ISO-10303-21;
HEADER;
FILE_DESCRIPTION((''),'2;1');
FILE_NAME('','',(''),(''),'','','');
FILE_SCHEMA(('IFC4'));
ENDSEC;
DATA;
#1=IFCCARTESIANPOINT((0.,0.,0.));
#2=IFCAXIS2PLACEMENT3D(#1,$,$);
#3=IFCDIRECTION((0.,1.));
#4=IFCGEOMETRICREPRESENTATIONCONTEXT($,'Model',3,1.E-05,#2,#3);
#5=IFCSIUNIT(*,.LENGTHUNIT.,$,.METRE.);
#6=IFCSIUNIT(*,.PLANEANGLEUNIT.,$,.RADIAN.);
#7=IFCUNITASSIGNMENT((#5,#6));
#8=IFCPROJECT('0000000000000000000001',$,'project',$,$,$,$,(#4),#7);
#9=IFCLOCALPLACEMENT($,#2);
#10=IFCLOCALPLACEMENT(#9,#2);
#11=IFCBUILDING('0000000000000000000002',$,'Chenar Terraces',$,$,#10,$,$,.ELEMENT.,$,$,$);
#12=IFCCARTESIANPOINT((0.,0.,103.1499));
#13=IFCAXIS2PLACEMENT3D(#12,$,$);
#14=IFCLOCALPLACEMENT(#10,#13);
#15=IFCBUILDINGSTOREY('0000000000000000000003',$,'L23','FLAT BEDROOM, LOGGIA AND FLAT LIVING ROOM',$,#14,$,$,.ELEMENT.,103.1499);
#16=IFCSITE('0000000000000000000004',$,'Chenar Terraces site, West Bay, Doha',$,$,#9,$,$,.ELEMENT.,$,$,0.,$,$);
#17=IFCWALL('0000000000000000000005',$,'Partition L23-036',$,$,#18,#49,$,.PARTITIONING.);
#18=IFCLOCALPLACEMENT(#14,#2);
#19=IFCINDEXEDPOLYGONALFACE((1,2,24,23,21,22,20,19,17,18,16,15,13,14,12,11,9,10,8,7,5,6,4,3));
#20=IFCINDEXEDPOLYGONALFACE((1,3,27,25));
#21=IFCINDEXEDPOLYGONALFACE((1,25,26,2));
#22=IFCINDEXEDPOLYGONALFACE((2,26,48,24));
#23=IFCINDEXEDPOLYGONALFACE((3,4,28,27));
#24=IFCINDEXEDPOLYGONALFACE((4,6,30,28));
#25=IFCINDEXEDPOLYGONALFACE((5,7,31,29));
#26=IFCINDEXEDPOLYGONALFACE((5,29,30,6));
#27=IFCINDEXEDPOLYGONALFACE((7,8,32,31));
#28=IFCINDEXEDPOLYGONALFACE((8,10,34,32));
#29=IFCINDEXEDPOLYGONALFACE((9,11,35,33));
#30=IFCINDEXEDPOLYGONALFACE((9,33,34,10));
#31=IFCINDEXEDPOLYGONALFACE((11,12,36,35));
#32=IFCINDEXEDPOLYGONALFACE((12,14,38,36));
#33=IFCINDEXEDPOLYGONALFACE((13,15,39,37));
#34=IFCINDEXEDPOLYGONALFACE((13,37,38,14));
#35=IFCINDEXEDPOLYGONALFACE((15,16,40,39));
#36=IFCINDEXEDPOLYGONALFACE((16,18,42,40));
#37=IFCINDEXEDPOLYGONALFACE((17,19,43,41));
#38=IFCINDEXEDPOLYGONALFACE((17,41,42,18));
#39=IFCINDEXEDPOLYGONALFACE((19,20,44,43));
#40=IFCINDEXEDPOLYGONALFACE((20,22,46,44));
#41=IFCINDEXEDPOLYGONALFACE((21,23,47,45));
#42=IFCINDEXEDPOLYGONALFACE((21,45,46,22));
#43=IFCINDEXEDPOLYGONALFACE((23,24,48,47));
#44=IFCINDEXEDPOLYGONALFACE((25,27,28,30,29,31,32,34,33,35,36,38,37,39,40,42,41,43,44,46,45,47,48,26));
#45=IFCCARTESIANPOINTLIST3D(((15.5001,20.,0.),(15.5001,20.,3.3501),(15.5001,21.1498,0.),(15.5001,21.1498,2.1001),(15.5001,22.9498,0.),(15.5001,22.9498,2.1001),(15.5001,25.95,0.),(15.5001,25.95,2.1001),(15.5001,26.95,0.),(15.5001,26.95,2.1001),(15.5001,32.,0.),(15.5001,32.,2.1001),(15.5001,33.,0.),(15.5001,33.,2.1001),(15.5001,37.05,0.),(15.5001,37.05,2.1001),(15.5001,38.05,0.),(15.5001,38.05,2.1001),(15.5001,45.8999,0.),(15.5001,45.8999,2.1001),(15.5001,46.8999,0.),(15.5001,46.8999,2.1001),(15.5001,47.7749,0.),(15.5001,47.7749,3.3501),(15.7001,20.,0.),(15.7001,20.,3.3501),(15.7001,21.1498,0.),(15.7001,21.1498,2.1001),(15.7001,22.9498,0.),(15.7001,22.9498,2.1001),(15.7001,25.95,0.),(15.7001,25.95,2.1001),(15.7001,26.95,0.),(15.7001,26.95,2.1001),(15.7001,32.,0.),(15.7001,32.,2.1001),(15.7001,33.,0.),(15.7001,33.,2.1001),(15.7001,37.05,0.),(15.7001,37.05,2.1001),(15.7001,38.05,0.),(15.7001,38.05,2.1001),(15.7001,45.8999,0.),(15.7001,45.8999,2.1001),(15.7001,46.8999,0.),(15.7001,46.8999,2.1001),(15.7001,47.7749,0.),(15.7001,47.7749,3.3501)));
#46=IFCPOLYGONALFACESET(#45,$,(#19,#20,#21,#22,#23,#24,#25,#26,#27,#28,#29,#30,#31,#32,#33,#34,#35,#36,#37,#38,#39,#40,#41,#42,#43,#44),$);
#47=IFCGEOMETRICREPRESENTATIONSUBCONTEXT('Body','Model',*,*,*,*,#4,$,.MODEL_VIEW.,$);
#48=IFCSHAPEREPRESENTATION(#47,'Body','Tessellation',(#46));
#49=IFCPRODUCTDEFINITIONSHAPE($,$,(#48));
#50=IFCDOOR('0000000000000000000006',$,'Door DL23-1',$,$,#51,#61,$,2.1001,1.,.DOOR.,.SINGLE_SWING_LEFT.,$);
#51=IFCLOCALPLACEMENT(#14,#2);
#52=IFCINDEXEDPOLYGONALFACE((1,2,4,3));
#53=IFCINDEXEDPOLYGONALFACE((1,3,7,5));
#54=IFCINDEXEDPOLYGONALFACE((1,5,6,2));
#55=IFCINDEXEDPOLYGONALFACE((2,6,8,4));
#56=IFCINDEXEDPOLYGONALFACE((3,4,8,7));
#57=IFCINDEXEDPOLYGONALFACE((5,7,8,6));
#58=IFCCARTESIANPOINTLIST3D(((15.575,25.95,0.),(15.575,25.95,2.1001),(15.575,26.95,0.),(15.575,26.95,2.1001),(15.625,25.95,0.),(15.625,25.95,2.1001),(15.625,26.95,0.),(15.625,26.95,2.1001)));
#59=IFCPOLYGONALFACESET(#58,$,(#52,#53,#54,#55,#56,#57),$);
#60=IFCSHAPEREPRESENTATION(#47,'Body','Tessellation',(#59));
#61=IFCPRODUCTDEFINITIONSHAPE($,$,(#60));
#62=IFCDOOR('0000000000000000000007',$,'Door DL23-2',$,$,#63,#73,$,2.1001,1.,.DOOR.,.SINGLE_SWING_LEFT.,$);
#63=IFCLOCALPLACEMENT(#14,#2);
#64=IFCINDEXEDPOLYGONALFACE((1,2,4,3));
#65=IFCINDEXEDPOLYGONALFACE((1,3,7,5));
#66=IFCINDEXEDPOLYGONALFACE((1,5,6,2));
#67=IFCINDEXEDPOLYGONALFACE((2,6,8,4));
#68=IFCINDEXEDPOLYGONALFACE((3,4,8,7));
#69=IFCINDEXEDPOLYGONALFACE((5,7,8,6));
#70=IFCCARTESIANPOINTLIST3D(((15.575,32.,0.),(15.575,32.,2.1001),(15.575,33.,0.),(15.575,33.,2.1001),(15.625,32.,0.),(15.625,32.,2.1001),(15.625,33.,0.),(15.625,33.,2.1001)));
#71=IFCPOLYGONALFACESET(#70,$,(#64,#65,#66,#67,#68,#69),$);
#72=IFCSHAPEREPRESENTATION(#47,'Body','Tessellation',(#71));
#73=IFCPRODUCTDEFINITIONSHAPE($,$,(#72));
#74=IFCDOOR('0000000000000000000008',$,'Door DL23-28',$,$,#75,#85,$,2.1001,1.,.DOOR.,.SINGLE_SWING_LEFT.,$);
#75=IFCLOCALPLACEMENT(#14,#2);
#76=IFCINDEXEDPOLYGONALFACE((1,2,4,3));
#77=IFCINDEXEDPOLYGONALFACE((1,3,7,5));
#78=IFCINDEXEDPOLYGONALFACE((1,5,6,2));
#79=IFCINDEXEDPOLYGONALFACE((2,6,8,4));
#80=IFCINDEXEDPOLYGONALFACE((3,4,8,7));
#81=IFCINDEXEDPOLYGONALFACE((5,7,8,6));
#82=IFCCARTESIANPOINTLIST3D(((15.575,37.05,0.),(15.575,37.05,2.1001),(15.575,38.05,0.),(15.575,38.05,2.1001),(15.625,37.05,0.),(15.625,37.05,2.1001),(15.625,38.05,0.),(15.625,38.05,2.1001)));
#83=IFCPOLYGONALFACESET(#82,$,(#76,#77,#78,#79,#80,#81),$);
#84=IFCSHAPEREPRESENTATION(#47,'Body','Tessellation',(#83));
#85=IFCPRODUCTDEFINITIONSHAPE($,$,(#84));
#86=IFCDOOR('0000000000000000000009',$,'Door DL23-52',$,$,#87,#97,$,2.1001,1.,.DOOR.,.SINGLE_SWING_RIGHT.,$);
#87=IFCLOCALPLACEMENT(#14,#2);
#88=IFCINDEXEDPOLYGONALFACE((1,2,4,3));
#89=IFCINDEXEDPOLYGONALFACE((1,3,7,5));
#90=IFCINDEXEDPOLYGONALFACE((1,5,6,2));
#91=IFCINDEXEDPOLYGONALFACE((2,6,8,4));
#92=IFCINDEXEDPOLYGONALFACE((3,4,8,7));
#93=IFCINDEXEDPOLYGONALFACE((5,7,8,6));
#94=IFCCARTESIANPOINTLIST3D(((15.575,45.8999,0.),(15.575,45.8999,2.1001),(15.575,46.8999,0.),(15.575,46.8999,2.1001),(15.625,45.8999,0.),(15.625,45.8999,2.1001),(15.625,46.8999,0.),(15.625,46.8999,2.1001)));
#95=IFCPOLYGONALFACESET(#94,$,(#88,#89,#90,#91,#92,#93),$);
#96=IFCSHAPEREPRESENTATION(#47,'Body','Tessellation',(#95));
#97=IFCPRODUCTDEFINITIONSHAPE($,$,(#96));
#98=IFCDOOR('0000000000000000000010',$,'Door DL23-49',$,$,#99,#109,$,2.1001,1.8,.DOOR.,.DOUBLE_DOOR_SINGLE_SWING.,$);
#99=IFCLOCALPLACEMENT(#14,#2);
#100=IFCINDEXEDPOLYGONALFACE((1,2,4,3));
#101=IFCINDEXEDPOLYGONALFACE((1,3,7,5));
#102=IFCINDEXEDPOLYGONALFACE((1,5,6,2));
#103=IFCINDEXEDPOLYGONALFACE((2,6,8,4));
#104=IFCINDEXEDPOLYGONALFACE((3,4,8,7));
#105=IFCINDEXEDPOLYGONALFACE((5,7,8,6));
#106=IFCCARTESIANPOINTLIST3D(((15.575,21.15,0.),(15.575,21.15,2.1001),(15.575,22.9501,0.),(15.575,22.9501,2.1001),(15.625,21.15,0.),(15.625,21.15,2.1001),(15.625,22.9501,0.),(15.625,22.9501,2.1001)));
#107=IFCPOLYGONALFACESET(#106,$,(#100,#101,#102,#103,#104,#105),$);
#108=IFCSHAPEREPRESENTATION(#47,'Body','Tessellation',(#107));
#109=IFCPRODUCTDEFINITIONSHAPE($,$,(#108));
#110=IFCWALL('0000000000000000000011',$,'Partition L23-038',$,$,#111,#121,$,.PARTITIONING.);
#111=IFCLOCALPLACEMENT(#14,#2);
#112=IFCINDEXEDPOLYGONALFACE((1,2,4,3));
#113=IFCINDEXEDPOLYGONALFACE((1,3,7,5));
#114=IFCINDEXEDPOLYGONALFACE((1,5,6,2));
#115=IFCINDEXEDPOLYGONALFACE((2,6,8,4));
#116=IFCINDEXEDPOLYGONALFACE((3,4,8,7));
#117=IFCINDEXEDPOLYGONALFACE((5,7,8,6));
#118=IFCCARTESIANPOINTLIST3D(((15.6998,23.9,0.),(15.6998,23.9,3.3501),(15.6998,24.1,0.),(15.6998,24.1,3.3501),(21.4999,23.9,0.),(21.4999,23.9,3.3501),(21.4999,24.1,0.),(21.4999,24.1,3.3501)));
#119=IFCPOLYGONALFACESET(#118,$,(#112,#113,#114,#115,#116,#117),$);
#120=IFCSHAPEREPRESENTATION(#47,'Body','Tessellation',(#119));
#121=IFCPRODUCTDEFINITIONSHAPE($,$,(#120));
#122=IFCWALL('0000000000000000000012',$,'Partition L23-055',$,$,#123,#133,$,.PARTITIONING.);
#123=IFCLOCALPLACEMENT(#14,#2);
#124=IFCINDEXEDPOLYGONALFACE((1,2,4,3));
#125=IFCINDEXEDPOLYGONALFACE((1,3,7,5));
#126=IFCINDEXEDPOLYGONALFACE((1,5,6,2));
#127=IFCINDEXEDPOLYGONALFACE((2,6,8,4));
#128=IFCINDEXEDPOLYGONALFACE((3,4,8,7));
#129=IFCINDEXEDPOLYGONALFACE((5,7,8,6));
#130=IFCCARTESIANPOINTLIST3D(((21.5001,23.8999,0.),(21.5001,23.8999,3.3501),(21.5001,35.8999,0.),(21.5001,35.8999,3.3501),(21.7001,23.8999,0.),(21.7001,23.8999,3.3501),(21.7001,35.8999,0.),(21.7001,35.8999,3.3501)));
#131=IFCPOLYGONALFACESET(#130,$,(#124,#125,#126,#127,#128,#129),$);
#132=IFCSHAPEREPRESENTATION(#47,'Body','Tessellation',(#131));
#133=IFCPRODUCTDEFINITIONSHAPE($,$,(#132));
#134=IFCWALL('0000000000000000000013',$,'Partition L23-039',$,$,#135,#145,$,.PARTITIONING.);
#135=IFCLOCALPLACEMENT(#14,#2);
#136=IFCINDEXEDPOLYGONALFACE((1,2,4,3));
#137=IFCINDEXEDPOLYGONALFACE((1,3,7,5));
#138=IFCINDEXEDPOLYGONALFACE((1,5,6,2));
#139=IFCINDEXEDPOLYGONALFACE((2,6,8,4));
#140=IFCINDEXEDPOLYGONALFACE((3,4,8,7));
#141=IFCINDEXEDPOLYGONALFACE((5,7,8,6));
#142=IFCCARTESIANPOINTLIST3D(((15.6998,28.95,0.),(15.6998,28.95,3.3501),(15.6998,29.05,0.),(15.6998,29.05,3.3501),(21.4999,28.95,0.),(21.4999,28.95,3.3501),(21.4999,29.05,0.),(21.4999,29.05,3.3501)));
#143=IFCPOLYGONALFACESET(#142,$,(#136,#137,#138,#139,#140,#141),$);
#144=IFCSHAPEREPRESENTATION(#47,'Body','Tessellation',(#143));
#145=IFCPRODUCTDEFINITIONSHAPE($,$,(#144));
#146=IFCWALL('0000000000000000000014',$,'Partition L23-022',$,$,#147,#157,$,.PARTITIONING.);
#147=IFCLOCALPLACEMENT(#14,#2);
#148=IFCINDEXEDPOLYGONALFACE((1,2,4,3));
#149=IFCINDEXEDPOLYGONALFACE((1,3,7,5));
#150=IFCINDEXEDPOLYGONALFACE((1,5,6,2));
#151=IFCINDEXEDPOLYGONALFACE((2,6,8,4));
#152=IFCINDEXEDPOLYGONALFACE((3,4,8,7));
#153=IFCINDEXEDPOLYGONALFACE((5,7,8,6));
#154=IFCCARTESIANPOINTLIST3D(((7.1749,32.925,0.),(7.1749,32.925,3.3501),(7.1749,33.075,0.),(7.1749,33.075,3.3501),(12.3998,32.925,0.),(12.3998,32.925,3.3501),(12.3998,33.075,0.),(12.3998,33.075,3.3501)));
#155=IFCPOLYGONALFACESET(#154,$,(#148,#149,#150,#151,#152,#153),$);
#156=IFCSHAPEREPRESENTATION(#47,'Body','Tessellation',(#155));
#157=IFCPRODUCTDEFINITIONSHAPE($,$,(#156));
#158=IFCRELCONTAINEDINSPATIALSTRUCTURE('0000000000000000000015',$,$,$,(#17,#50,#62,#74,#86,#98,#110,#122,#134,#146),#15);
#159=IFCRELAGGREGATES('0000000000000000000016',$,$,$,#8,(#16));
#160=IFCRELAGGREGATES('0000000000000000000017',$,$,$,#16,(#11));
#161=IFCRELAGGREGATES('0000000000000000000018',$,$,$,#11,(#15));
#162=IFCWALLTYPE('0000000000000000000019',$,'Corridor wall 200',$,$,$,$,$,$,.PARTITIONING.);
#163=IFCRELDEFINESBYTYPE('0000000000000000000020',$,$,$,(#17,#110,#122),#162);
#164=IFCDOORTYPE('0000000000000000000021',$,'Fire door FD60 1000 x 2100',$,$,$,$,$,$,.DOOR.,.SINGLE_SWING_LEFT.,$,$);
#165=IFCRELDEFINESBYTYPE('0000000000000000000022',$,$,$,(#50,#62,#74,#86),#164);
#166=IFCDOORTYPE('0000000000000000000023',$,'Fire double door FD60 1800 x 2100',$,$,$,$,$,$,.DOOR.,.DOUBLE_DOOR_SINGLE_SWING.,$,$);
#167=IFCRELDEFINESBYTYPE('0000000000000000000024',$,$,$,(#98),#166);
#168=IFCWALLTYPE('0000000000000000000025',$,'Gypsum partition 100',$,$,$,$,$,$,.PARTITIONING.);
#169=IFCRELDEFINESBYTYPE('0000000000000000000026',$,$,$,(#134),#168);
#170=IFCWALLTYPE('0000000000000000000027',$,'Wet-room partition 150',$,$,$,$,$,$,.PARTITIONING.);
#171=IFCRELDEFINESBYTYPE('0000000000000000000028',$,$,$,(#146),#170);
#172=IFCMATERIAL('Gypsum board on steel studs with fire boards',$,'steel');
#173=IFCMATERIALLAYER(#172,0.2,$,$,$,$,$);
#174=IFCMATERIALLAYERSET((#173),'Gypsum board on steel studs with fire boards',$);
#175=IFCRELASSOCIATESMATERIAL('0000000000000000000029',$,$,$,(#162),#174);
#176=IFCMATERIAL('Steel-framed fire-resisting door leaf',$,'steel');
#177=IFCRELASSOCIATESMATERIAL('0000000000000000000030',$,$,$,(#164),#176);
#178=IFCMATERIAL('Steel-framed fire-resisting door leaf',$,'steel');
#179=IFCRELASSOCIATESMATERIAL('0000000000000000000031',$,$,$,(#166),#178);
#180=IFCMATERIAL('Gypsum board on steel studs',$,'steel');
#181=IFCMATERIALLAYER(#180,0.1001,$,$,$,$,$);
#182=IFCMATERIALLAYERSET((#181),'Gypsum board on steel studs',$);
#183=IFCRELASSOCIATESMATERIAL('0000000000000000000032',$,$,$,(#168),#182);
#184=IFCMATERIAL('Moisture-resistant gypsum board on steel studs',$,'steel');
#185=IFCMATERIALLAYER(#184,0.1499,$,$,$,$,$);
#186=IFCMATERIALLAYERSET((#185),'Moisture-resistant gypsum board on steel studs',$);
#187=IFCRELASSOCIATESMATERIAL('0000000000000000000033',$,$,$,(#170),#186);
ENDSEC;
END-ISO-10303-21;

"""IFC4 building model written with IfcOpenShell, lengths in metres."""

from ifc_helpers import new_model, si_unit, direction, frame, frame_2d, origin, place, context, subcontext, project, spatial, rectangle, extrude, material, layer, layer_set, type_object, element, fill, save


model = new_model("IFC4")

# Units and contexts
model_context = context("Model", 3, precision=1e-05, world=origin(), true_north=direction((0.0, 1.0)))
body_context = subcontext(model_context, "Body", "Model", "MODEL_VIEW")
ifc_project = project(units=[si_unit("LENGTHUNIT", "METRE"), si_unit("PLANEANGLEUNIT", "RADIAN")], contexts=[model_context])

# Site, building, storey
site_placement = place(None, origin())
site = spatial("IfcSite", under=ifc_project, at=site_placement, Name="Chenar Terraces site, West Bay, Doha", CompositionType="ELEMENT", RefElevation=0.0)
building_placement = place(site_placement, origin())
building = spatial("IfcBuilding", under=site, at=building_placement, Name="Chenar Terraces", CompositionType="ELEMENT")
storey_placement = place(building_placement, frame((0.0, 0.0, 103.1499)))
storey = spatial("IfcBuildingStorey", under=building, at=storey_placement, Name="L23", Description="FLAT BEDROOM, LOGGIA AND FLAT LIVING ROOM", CompositionType="ELEMENT", Elevation=103.1499)

# Wall, openings, doors
ifc_material_1 = material(Name="Gypsum board on steel studs with fire boards", Category="steel")
ifc_layer_1 = layer(ifc_material_1, 0.2)
ifc_layer_set_1 = layer_set([ifc_layer_1], Name="Gypsum board on steel studs with fire boards")
wall_type_1 = type_object("IfcWallType", Name="Corridor wall 200", PredefinedType="PARTITIONING", material=ifc_layer_set_1)
wall_1_placement = place(storey_placement, frame((15.6001, 20.0, 0.0), z_axis=(0.0, 0.0, 1.0), x_axis=(0.0, 1.0, 0.0)))
wall_1 = element("IfcWall", 1, at=wall_1_placement, inside=storey, type_object=wall_type_1, Name="Partition L23-036", PredefinedType="PARTITIONING", context=body_context, shape_type="SweptSolid", body=[
    extrude(rectangle(XDim=27.7749, YDim=0.2, at=frame_2d((13.8875, 0.0))), origin(), (0.0, 0.0, 1.0), 3.3501),
])
opening_1_placement = place(wall_1_placement, frame((5.95, 0.0, 0.0)))
opening_1 = element("IfcOpeningElement", 2, at=opening_1_placement, cuts=wall_1, PredefinedType="OPENING", context=body_context, shape_type="SweptSolid", body=[
    extrude(rectangle(XDim=1.0, YDim=2.1001, at=frame_2d((0.5, 1.05))), frame((0.0, 0.1099, 0.0), z_axis=(0.0, -1.0, 0.0), x_axis=(1.0, 0.0, 0.0)), (0.0, 0.0, 1.0), 0.22),
])
opening_2_placement = place(wall_1_placement, frame((12.0, 0.0, 0.0)))
opening_2 = element("IfcOpeningElement", 3, at=opening_2_placement, cuts=wall_1, PredefinedType="OPENING", context=body_context, shape_type="SweptSolid", body=[
    extrude(rectangle(XDim=1.0, YDim=2.1001, at=frame_2d((0.5, 1.05))), frame((0.0, 0.1099, 0.0), z_axis=(0.0, -1.0, 0.0), x_axis=(1.0, 0.0, 0.0)), (0.0, 0.0, 1.0), 0.22),
])
opening_3_placement = place(wall_1_placement, frame((17.05, 0.0, 0.0)))
opening_3 = element("IfcOpeningElement", 4, at=opening_3_placement, cuts=wall_1, PredefinedType="OPENING", context=body_context, shape_type="SweptSolid", body=[
    extrude(rectangle(XDim=1.0, YDim=2.1001, at=frame_2d((0.5, 1.05))), frame((0.0, 0.1099, 0.0), z_axis=(0.0, -1.0, 0.0), x_axis=(1.0, 0.0, 0.0)), (0.0, 0.0, 1.0), 0.22),
])
opening_4_placement = place(wall_1_placement, frame((1.1499, 0.0, 0.0)))
opening_4 = element("IfcOpeningElement", 5, at=opening_4_placement, cuts=wall_1, PredefinedType="OPENING", context=body_context, shape_type="SweptSolid", body=[
    extrude(rectangle(XDim=1.8, YDim=2.1001, at=frame_2d((0.8999, 1.05))), frame((0.0, 0.1099, 0.0), z_axis=(0.0, -1.0, 0.0), x_axis=(1.0, 0.0, 0.0)), (0.0, 0.0, 1.0), 0.22),
])
opening_5_placement = place(wall_1_placement, frame((25.8999, 0.0, 0.0)))
opening_5 = element("IfcOpeningElement", 6, at=opening_5_placement, cuts=wall_1, PredefinedType="OPENING", context=body_context, shape_type="SweptSolid", body=[
    extrude(rectangle(XDim=1.0, YDim=2.1001, at=frame_2d((0.5, 1.05))), frame((0.0, 0.1099, 0.0), z_axis=(0.0, -1.0, 0.0), x_axis=(1.0, 0.0, 0.0)), (0.0, 0.0, 1.0), 0.22),
])
ifc_material_2 = material(Name="Steel-framed fire-resisting door leaf", Category="steel")
door_type_1 = type_object("IfcDoorType", Name="Fire door FD60 1000 x 2100", OperationType="SINGLE_SWING_LEFT", PredefinedType="DOOR", material=ifc_material_2)
door_1_placement = place(opening_1_placement, frame((1.0, 0.0, 0.0), z_axis=(0.0, 0.0, 1.0), x_axis=(-1.0, 0.0, 0.0)))
door_1 = element("IfcDoor", 7, at=door_1_placement, inside=storey, type_object=door_type_1, Name="Door DL23-1", OperationType="SINGLE_SWING_LEFT", OverallHeight=2.1001, OverallWidth=1.0, PredefinedType="DOOR", context=body_context, shape_type="SweptSolid", body=[
    extrude(rectangle(XDim=1.0, YDim=2.1001, at=frame_2d((0.5, 1.05))), frame((0.0, 0.0249, 0.0), z_axis=(0.0, -1.0, 0.0), x_axis=(1.0, 0.0, 0.0)), (0.0, 0.0, 1.0), 0.05),
])
fill(opening_1, door_1)
door_2_placement = place(opening_2_placement, frame((1.0, 0.0, 0.0), z_axis=(0.0, 0.0, 1.0), x_axis=(-1.0, 0.0, 0.0)))
door_2 = element("IfcDoor", 8, at=door_2_placement, inside=storey, type_object=door_type_1, Name="Door DL23-2", OperationType="SINGLE_SWING_LEFT", OverallHeight=2.1001, OverallWidth=1.0, PredefinedType="DOOR", context=body_context, shape_type="SweptSolid", body=[
    extrude(rectangle(XDim=1.0, YDim=2.1001, at=frame_2d((0.5, 1.05))), frame((0.0, 0.0249, 0.0), z_axis=(0.0, -1.0, 0.0), x_axis=(1.0, 0.0, 0.0)), (0.0, 0.0, 1.0), 0.05),
])
fill(opening_2, door_2)
door_3_placement = place(opening_3_placement, frame((1.0, 0.0, 0.0), z_axis=(0.0, 0.0, 1.0), x_axis=(-1.0, 0.0, 0.0)))
door_3 = element("IfcDoor", 9, at=door_3_placement, inside=storey, type_object=door_type_1, Name="Door DL23-28", OperationType="SINGLE_SWING_LEFT", OverallHeight=2.1001, OverallWidth=1.0, PredefinedType="DOOR", context=body_context, shape_type="SweptSolid", body=[
    extrude(rectangle(XDim=1.0, YDim=2.1001, at=frame_2d((0.5, 1.05))), frame((0.0, 0.0249, 0.0), z_axis=(0.0, -1.0, 0.0), x_axis=(1.0, 0.0, 0.0)), (0.0, 0.0, 1.0), 0.05),
])
fill(opening_3, door_3)
door_4_placement = place(opening_5_placement, frame((1.0, 0.0, 0.0), z_axis=(0.0, 0.0, 1.0), x_axis=(-1.0, 0.0, 0.0)))
door_4 = element("IfcDoor", 10, at=door_4_placement, inside=storey, type_object=door_type_1, Name="Door DL23-52", OperationType="SINGLE_SWING_RIGHT", OverallHeight=2.1001, OverallWidth=1.0, PredefinedType="DOOR", context=body_context, shape_type="SweptSolid", body=[
    extrude(rectangle(XDim=1.0, YDim=2.1001, at=frame_2d((0.5, 1.05))), frame((0.0, 0.0249, 0.0), z_axis=(0.0, -1.0, 0.0), x_axis=(1.0, 0.0, 0.0)), (0.0, 0.0, 1.0), 0.05),
])
fill(opening_5, door_4)
ifc_material_3 = material(Name="Steel-framed fire-resisting door leaf", Category="steel")
door_type_2 = type_object("IfcDoorType", Name="Fire double door FD60 1800 x 2100", OperationType="DOUBLE_DOOR_SINGLE_SWING", PredefinedType="DOOR", material=ifc_material_3)
door_5_placement = place(opening_4_placement, frame((1.8, 0.0, 0.0), z_axis=(0.0, 0.0, 1.0), x_axis=(-1.0, 0.0, 0.0)))
door_5 = element("IfcDoor", 11, at=door_5_placement, inside=storey, type_object=door_type_2, Name="Door DL23-49", OperationType="DOUBLE_DOOR_SINGLE_SWING", OverallHeight=2.1001, OverallWidth=1.8, PredefinedType="DOOR", context=body_context, shape_type="SweptSolid", body=[
    extrude(rectangle(XDim=1.8, YDim=2.1001, at=frame_2d((0.8999, 1.05))), frame((0.0, 0.0249, 0.0), z_axis=(0.0, -1.0, 0.0), x_axis=(1.0, 0.0, 0.0)), (0.0, 0.0, 1.0), 0.05),
])
fill(opening_4, door_5)

# Walls
wall_2_placement = place(storey_placement, frame((15.7, 24.0, 0.0), z_axis=(0.0, 0.0, 1.0), x_axis=(1.0, 0.0, 0.0)))
element("IfcWall", 12, at=wall_2_placement, inside=storey, type_object=wall_type_1, Name="Partition L23-038", PredefinedType="PARTITIONING", context=body_context, shape_type="SweptSolid", body=[
    extrude(rectangle(XDim=5.8, YDim=0.2, at=frame_2d((2.8999, 0.0))), origin(), (0.0, 0.0, 1.0), 3.3501),
])
wall_3_placement = place(storey_placement, frame((21.6001, 23.8999, 0.0), z_axis=(0.0, 0.0, 1.0), x_axis=(0.0, 1.0, 0.0)))
element("IfcWall", 13, at=wall_3_placement, inside=storey, type_object=wall_type_1, Name="Partition L23-055", PredefinedType="PARTITIONING", context=body_context, shape_type="SweptSolid", body=[
    extrude(rectangle(XDim=12.0, YDim=0.2, at=frame_2d((6.0, 0.0))), origin(), (0.0, 0.0, 1.0), 3.3501),
])
ifc_material_4 = material(Name="Gypsum board on steel studs", Category="steel")
ifc_layer_2 = layer(ifc_material_4, 0.1001)
ifc_layer_set_2 = layer_set([ifc_layer_2], Name="Gypsum board on steel studs")
wall_type_2 = type_object("IfcWallType", Name="Gypsum partition 100", PredefinedType="PARTITIONING", material=ifc_layer_set_2)
wall_4_placement = place(storey_placement, frame((15.7, 29.0, 0.0), z_axis=(0.0, 0.0, 1.0), x_axis=(1.0, 0.0, 0.0)))
element("IfcWall", 14, at=wall_4_placement, inside=storey, type_object=wall_type_2, Name="Partition L23-039", PredefinedType="PARTITIONING", context=body_context, shape_type="SweptSolid", body=[
    extrude(rectangle(XDim=5.8, YDim=0.1001, at=frame_2d((2.8999, 0.0))), origin(), (0.0, 0.0, 1.0), 3.3501),
])
ifc_material_5 = material(Name="Moisture-resistant gypsum board on steel studs", Category="steel")
ifc_layer_3 = layer(ifc_material_5, 0.1499)
ifc_layer_set_3 = layer_set([ifc_layer_3], Name="Moisture-resistant gypsum board on steel studs")
wall_type_3 = type_object("IfcWallType", Name="Wet-room partition 150", PredefinedType="PARTITIONING", material=ifc_layer_set_3)
wall_5_placement = place(storey_placement, frame((7.175, 33.0, 0.0), z_axis=(0.0, 0.0, 1.0), x_axis=(1.0, 0.0, 0.0)))
element("IfcWall", 15, at=wall_5_placement, inside=storey, type_object=wall_type_3, Name="Partition L23-022", PredefinedType="PARTITIONING", context=body_context, shape_type="SweptSolid", body=[
    extrude(rectangle(XDim=5.2249, YDim=0.1499, at=frame_2d((2.6123, 0.0))), origin(), (0.0, 0.0, 1.0), 3.3501),
])

save(model, "model.ifc")
